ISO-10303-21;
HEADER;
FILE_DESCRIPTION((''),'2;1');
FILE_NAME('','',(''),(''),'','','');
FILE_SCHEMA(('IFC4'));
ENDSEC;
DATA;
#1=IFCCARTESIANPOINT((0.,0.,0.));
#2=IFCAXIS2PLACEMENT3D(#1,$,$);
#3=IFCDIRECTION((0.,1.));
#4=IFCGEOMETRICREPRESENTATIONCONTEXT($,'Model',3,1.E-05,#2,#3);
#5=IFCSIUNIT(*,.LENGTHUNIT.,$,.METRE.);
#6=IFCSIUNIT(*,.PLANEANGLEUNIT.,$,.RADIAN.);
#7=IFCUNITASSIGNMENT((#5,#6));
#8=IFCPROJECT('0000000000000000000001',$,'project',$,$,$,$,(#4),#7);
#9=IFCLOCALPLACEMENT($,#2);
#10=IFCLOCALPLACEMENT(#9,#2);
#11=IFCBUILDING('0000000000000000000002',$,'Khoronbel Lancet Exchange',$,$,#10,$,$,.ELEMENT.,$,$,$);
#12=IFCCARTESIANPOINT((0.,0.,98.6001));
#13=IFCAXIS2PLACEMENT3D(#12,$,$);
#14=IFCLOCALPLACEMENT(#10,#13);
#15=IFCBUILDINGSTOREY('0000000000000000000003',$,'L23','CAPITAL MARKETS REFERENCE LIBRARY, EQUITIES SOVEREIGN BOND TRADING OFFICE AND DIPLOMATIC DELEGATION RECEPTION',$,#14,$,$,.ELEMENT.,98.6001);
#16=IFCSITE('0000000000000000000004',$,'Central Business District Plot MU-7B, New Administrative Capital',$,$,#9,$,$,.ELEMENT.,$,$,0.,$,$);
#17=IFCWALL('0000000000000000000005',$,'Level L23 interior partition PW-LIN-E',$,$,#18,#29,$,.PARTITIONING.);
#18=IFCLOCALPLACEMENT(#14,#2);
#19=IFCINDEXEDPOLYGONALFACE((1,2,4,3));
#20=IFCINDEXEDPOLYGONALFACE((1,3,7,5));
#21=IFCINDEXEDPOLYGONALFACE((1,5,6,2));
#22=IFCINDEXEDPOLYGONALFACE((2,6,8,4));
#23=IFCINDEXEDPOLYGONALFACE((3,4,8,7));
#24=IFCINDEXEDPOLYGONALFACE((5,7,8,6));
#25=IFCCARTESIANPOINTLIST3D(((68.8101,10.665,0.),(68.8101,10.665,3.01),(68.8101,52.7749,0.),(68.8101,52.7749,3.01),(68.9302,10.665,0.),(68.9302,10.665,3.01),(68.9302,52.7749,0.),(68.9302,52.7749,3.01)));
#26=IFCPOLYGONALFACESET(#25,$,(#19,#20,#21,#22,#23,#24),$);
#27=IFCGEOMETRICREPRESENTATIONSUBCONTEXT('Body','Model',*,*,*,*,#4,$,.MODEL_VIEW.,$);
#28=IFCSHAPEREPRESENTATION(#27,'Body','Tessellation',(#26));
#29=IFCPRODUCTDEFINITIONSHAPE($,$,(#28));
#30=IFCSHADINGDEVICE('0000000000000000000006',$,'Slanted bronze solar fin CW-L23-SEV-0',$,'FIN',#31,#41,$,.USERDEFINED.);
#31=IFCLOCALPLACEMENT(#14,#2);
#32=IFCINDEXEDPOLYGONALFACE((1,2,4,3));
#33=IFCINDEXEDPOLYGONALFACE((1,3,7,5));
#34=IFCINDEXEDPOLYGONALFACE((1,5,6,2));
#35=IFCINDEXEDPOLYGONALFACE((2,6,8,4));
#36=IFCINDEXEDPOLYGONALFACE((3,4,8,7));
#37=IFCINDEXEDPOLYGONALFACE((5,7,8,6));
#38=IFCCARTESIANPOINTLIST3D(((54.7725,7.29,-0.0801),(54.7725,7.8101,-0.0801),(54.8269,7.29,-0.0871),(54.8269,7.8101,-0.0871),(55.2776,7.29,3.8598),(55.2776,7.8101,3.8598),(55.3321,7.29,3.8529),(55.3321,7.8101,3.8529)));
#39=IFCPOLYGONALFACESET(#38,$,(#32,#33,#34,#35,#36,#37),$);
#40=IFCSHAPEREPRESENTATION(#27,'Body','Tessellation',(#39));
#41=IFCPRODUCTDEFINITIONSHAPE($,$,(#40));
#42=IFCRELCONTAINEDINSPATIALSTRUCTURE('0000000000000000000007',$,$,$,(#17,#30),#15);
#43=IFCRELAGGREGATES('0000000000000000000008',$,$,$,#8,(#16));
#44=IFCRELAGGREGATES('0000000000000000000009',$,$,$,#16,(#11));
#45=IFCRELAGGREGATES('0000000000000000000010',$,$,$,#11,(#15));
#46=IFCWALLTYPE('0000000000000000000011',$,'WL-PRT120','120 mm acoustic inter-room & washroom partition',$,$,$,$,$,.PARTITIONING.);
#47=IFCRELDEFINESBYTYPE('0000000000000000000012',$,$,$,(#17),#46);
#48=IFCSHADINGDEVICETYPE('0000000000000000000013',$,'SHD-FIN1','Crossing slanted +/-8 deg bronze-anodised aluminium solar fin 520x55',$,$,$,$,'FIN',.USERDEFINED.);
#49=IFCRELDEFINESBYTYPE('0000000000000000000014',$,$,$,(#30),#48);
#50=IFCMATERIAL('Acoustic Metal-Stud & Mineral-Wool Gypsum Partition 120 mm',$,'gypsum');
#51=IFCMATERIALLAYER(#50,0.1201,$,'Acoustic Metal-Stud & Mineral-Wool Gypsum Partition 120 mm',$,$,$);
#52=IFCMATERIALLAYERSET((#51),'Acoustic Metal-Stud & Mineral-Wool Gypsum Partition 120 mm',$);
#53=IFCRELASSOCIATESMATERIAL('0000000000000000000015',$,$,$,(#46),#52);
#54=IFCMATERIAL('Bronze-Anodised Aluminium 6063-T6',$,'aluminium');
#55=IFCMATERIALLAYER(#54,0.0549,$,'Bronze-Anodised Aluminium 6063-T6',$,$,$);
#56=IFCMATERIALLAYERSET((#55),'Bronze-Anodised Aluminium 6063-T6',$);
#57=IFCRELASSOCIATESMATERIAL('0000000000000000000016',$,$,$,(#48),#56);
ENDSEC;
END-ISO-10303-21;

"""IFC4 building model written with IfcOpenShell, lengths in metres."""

from ifc_helpers import new_model, si_unit, direction, frame, frame_2d, origin, place, context, subcontext, project, spatial, polyline, rectangle, outline, extrude, material, layer, layer_set, type_object, element, save


model = new_model("IFC4")

# Units and contexts
model_context = context("Model", 3, precision=1e-05, world=origin(), true_north=direction((0.0, 1.0)))
body_context = subcontext(model_context, "Body", "Model", "MODEL_VIEW")
ifc_project = project(units=[si_unit("LENGTHUNIT", "METRE"), si_unit("PLANEANGLEUNIT", "RADIAN")], contexts=[model_context])

# Site, building, storey
site_placement = place(None, origin())
site = spatial("IfcSite", under=ifc_project, at=site_placement, Name="Central Business District Plot MU-7B, New Administrative Capital", CompositionType="ELEMENT", RefElevation=0.0)
building_placement = place(site_placement, origin())
building = spatial("IfcBuilding", under=site, at=building_placement, Name="Khoronbel Lancet Exchange", CompositionType="ELEMENT")
storey_placement = place(building_placement, frame((0.0, 0.0, 98.6001)))
storey = spatial("IfcBuildingStorey", under=building, at=storey_placement, Name="L23", Description="CAPITAL MARKETS REFERENCE LIBRARY, EQUITIES SOVEREIGN BOND TRADING OFFICE AND DIPLOMATIC DELEGATION RECEPTION", CompositionType="ELEMENT", Elevation=98.6001)

# Shared definitions
ifc_material_1 = material(Name="Bronze-Anodised Aluminium 6063-T6", Category="aluminium")

# Wall
ifc_material_2 = material(Name="Acoustic Metal-Stud & Mineral-Wool Gypsum Partition 120 mm", Category="gypsum")
ifc_layer_1 = layer(ifc_material_2, 0.1201, Name="Acoustic Metal-Stud & Mineral-Wool Gypsum Partition 120 mm")
ifc_layer_set_1 = layer_set([ifc_layer_1], Name="Acoustic Metal-Stud & Mineral-Wool Gypsum Partition 120 mm")
wall_type_1 = type_object("IfcWallType", Name="WL-PRT120", Description="120 mm acoustic inter-room & washroom partition", PredefinedType="PARTITIONING", material=ifc_layer_set_1)
wall_1_placement = place(storey_placement, frame((68.8701, 10.665, 0.0), z_axis=(0.0, 0.0, 1.0), x_axis=(0.0, 1.0, 0.0)))
element("IfcWall", 1, at=wall_1_placement, inside=storey, type_object=wall_type_1, Name="Level L23 interior partition PW-LIN-E", PredefinedType="PARTITIONING", context=body_context, shape_type="SweptSolid", body=[
    extrude(rectangle(XDim=42.1099, YDim=0.1201, at=frame_2d((21.0549, 0.0))), origin(), (0.0, 0.0, 1.0), 3.01),
])

# Shading device
ifc_layer_2 = layer(ifc_material_1, 0.0549, Name="Bronze-Anodised Aluminium 6063-T6")
ifc_layer_set_2 = layer_set([ifc_layer_2], Name="Bronze-Anodised Aluminium 6063-T6")
shading_device_type = type_object("IfcShadingDeviceType", Name="SHD-FIN1", Description="Crossing slanted +/-8 deg bronze-anodised aluminium solar fin 520x55", ElementType="FIN", PredefinedType="USERDEFINED", material=ifc_layer_set_2)
shading_device_placement = place(storey_placement, frame((54.7725, 7.8101, -0.0801), z_axis=(-0.991881, 0.0, 0.127166), x_axis=(0.0, -1.0, 0.0)))
element("IfcShadingDevice", 2, at=shading_device_placement, inside=storey, type_object=shading_device_type, Name="Slanted bronze solar fin CW-L23-SEV-0", ObjectType="FIN", PredefinedType="USERDEFINED", context=body_context, shape_type="SweptSolid", body=[
    extrude(outline(polyline([(0.0, 0.0), (0.52, 0.0), (0.52, 3.9722), (0.0, 3.9722), (0.0, 0.0)])), origin(), (0.0, 0.0, -1.0), 0.0549),
])

save(model, "model.ifc")
